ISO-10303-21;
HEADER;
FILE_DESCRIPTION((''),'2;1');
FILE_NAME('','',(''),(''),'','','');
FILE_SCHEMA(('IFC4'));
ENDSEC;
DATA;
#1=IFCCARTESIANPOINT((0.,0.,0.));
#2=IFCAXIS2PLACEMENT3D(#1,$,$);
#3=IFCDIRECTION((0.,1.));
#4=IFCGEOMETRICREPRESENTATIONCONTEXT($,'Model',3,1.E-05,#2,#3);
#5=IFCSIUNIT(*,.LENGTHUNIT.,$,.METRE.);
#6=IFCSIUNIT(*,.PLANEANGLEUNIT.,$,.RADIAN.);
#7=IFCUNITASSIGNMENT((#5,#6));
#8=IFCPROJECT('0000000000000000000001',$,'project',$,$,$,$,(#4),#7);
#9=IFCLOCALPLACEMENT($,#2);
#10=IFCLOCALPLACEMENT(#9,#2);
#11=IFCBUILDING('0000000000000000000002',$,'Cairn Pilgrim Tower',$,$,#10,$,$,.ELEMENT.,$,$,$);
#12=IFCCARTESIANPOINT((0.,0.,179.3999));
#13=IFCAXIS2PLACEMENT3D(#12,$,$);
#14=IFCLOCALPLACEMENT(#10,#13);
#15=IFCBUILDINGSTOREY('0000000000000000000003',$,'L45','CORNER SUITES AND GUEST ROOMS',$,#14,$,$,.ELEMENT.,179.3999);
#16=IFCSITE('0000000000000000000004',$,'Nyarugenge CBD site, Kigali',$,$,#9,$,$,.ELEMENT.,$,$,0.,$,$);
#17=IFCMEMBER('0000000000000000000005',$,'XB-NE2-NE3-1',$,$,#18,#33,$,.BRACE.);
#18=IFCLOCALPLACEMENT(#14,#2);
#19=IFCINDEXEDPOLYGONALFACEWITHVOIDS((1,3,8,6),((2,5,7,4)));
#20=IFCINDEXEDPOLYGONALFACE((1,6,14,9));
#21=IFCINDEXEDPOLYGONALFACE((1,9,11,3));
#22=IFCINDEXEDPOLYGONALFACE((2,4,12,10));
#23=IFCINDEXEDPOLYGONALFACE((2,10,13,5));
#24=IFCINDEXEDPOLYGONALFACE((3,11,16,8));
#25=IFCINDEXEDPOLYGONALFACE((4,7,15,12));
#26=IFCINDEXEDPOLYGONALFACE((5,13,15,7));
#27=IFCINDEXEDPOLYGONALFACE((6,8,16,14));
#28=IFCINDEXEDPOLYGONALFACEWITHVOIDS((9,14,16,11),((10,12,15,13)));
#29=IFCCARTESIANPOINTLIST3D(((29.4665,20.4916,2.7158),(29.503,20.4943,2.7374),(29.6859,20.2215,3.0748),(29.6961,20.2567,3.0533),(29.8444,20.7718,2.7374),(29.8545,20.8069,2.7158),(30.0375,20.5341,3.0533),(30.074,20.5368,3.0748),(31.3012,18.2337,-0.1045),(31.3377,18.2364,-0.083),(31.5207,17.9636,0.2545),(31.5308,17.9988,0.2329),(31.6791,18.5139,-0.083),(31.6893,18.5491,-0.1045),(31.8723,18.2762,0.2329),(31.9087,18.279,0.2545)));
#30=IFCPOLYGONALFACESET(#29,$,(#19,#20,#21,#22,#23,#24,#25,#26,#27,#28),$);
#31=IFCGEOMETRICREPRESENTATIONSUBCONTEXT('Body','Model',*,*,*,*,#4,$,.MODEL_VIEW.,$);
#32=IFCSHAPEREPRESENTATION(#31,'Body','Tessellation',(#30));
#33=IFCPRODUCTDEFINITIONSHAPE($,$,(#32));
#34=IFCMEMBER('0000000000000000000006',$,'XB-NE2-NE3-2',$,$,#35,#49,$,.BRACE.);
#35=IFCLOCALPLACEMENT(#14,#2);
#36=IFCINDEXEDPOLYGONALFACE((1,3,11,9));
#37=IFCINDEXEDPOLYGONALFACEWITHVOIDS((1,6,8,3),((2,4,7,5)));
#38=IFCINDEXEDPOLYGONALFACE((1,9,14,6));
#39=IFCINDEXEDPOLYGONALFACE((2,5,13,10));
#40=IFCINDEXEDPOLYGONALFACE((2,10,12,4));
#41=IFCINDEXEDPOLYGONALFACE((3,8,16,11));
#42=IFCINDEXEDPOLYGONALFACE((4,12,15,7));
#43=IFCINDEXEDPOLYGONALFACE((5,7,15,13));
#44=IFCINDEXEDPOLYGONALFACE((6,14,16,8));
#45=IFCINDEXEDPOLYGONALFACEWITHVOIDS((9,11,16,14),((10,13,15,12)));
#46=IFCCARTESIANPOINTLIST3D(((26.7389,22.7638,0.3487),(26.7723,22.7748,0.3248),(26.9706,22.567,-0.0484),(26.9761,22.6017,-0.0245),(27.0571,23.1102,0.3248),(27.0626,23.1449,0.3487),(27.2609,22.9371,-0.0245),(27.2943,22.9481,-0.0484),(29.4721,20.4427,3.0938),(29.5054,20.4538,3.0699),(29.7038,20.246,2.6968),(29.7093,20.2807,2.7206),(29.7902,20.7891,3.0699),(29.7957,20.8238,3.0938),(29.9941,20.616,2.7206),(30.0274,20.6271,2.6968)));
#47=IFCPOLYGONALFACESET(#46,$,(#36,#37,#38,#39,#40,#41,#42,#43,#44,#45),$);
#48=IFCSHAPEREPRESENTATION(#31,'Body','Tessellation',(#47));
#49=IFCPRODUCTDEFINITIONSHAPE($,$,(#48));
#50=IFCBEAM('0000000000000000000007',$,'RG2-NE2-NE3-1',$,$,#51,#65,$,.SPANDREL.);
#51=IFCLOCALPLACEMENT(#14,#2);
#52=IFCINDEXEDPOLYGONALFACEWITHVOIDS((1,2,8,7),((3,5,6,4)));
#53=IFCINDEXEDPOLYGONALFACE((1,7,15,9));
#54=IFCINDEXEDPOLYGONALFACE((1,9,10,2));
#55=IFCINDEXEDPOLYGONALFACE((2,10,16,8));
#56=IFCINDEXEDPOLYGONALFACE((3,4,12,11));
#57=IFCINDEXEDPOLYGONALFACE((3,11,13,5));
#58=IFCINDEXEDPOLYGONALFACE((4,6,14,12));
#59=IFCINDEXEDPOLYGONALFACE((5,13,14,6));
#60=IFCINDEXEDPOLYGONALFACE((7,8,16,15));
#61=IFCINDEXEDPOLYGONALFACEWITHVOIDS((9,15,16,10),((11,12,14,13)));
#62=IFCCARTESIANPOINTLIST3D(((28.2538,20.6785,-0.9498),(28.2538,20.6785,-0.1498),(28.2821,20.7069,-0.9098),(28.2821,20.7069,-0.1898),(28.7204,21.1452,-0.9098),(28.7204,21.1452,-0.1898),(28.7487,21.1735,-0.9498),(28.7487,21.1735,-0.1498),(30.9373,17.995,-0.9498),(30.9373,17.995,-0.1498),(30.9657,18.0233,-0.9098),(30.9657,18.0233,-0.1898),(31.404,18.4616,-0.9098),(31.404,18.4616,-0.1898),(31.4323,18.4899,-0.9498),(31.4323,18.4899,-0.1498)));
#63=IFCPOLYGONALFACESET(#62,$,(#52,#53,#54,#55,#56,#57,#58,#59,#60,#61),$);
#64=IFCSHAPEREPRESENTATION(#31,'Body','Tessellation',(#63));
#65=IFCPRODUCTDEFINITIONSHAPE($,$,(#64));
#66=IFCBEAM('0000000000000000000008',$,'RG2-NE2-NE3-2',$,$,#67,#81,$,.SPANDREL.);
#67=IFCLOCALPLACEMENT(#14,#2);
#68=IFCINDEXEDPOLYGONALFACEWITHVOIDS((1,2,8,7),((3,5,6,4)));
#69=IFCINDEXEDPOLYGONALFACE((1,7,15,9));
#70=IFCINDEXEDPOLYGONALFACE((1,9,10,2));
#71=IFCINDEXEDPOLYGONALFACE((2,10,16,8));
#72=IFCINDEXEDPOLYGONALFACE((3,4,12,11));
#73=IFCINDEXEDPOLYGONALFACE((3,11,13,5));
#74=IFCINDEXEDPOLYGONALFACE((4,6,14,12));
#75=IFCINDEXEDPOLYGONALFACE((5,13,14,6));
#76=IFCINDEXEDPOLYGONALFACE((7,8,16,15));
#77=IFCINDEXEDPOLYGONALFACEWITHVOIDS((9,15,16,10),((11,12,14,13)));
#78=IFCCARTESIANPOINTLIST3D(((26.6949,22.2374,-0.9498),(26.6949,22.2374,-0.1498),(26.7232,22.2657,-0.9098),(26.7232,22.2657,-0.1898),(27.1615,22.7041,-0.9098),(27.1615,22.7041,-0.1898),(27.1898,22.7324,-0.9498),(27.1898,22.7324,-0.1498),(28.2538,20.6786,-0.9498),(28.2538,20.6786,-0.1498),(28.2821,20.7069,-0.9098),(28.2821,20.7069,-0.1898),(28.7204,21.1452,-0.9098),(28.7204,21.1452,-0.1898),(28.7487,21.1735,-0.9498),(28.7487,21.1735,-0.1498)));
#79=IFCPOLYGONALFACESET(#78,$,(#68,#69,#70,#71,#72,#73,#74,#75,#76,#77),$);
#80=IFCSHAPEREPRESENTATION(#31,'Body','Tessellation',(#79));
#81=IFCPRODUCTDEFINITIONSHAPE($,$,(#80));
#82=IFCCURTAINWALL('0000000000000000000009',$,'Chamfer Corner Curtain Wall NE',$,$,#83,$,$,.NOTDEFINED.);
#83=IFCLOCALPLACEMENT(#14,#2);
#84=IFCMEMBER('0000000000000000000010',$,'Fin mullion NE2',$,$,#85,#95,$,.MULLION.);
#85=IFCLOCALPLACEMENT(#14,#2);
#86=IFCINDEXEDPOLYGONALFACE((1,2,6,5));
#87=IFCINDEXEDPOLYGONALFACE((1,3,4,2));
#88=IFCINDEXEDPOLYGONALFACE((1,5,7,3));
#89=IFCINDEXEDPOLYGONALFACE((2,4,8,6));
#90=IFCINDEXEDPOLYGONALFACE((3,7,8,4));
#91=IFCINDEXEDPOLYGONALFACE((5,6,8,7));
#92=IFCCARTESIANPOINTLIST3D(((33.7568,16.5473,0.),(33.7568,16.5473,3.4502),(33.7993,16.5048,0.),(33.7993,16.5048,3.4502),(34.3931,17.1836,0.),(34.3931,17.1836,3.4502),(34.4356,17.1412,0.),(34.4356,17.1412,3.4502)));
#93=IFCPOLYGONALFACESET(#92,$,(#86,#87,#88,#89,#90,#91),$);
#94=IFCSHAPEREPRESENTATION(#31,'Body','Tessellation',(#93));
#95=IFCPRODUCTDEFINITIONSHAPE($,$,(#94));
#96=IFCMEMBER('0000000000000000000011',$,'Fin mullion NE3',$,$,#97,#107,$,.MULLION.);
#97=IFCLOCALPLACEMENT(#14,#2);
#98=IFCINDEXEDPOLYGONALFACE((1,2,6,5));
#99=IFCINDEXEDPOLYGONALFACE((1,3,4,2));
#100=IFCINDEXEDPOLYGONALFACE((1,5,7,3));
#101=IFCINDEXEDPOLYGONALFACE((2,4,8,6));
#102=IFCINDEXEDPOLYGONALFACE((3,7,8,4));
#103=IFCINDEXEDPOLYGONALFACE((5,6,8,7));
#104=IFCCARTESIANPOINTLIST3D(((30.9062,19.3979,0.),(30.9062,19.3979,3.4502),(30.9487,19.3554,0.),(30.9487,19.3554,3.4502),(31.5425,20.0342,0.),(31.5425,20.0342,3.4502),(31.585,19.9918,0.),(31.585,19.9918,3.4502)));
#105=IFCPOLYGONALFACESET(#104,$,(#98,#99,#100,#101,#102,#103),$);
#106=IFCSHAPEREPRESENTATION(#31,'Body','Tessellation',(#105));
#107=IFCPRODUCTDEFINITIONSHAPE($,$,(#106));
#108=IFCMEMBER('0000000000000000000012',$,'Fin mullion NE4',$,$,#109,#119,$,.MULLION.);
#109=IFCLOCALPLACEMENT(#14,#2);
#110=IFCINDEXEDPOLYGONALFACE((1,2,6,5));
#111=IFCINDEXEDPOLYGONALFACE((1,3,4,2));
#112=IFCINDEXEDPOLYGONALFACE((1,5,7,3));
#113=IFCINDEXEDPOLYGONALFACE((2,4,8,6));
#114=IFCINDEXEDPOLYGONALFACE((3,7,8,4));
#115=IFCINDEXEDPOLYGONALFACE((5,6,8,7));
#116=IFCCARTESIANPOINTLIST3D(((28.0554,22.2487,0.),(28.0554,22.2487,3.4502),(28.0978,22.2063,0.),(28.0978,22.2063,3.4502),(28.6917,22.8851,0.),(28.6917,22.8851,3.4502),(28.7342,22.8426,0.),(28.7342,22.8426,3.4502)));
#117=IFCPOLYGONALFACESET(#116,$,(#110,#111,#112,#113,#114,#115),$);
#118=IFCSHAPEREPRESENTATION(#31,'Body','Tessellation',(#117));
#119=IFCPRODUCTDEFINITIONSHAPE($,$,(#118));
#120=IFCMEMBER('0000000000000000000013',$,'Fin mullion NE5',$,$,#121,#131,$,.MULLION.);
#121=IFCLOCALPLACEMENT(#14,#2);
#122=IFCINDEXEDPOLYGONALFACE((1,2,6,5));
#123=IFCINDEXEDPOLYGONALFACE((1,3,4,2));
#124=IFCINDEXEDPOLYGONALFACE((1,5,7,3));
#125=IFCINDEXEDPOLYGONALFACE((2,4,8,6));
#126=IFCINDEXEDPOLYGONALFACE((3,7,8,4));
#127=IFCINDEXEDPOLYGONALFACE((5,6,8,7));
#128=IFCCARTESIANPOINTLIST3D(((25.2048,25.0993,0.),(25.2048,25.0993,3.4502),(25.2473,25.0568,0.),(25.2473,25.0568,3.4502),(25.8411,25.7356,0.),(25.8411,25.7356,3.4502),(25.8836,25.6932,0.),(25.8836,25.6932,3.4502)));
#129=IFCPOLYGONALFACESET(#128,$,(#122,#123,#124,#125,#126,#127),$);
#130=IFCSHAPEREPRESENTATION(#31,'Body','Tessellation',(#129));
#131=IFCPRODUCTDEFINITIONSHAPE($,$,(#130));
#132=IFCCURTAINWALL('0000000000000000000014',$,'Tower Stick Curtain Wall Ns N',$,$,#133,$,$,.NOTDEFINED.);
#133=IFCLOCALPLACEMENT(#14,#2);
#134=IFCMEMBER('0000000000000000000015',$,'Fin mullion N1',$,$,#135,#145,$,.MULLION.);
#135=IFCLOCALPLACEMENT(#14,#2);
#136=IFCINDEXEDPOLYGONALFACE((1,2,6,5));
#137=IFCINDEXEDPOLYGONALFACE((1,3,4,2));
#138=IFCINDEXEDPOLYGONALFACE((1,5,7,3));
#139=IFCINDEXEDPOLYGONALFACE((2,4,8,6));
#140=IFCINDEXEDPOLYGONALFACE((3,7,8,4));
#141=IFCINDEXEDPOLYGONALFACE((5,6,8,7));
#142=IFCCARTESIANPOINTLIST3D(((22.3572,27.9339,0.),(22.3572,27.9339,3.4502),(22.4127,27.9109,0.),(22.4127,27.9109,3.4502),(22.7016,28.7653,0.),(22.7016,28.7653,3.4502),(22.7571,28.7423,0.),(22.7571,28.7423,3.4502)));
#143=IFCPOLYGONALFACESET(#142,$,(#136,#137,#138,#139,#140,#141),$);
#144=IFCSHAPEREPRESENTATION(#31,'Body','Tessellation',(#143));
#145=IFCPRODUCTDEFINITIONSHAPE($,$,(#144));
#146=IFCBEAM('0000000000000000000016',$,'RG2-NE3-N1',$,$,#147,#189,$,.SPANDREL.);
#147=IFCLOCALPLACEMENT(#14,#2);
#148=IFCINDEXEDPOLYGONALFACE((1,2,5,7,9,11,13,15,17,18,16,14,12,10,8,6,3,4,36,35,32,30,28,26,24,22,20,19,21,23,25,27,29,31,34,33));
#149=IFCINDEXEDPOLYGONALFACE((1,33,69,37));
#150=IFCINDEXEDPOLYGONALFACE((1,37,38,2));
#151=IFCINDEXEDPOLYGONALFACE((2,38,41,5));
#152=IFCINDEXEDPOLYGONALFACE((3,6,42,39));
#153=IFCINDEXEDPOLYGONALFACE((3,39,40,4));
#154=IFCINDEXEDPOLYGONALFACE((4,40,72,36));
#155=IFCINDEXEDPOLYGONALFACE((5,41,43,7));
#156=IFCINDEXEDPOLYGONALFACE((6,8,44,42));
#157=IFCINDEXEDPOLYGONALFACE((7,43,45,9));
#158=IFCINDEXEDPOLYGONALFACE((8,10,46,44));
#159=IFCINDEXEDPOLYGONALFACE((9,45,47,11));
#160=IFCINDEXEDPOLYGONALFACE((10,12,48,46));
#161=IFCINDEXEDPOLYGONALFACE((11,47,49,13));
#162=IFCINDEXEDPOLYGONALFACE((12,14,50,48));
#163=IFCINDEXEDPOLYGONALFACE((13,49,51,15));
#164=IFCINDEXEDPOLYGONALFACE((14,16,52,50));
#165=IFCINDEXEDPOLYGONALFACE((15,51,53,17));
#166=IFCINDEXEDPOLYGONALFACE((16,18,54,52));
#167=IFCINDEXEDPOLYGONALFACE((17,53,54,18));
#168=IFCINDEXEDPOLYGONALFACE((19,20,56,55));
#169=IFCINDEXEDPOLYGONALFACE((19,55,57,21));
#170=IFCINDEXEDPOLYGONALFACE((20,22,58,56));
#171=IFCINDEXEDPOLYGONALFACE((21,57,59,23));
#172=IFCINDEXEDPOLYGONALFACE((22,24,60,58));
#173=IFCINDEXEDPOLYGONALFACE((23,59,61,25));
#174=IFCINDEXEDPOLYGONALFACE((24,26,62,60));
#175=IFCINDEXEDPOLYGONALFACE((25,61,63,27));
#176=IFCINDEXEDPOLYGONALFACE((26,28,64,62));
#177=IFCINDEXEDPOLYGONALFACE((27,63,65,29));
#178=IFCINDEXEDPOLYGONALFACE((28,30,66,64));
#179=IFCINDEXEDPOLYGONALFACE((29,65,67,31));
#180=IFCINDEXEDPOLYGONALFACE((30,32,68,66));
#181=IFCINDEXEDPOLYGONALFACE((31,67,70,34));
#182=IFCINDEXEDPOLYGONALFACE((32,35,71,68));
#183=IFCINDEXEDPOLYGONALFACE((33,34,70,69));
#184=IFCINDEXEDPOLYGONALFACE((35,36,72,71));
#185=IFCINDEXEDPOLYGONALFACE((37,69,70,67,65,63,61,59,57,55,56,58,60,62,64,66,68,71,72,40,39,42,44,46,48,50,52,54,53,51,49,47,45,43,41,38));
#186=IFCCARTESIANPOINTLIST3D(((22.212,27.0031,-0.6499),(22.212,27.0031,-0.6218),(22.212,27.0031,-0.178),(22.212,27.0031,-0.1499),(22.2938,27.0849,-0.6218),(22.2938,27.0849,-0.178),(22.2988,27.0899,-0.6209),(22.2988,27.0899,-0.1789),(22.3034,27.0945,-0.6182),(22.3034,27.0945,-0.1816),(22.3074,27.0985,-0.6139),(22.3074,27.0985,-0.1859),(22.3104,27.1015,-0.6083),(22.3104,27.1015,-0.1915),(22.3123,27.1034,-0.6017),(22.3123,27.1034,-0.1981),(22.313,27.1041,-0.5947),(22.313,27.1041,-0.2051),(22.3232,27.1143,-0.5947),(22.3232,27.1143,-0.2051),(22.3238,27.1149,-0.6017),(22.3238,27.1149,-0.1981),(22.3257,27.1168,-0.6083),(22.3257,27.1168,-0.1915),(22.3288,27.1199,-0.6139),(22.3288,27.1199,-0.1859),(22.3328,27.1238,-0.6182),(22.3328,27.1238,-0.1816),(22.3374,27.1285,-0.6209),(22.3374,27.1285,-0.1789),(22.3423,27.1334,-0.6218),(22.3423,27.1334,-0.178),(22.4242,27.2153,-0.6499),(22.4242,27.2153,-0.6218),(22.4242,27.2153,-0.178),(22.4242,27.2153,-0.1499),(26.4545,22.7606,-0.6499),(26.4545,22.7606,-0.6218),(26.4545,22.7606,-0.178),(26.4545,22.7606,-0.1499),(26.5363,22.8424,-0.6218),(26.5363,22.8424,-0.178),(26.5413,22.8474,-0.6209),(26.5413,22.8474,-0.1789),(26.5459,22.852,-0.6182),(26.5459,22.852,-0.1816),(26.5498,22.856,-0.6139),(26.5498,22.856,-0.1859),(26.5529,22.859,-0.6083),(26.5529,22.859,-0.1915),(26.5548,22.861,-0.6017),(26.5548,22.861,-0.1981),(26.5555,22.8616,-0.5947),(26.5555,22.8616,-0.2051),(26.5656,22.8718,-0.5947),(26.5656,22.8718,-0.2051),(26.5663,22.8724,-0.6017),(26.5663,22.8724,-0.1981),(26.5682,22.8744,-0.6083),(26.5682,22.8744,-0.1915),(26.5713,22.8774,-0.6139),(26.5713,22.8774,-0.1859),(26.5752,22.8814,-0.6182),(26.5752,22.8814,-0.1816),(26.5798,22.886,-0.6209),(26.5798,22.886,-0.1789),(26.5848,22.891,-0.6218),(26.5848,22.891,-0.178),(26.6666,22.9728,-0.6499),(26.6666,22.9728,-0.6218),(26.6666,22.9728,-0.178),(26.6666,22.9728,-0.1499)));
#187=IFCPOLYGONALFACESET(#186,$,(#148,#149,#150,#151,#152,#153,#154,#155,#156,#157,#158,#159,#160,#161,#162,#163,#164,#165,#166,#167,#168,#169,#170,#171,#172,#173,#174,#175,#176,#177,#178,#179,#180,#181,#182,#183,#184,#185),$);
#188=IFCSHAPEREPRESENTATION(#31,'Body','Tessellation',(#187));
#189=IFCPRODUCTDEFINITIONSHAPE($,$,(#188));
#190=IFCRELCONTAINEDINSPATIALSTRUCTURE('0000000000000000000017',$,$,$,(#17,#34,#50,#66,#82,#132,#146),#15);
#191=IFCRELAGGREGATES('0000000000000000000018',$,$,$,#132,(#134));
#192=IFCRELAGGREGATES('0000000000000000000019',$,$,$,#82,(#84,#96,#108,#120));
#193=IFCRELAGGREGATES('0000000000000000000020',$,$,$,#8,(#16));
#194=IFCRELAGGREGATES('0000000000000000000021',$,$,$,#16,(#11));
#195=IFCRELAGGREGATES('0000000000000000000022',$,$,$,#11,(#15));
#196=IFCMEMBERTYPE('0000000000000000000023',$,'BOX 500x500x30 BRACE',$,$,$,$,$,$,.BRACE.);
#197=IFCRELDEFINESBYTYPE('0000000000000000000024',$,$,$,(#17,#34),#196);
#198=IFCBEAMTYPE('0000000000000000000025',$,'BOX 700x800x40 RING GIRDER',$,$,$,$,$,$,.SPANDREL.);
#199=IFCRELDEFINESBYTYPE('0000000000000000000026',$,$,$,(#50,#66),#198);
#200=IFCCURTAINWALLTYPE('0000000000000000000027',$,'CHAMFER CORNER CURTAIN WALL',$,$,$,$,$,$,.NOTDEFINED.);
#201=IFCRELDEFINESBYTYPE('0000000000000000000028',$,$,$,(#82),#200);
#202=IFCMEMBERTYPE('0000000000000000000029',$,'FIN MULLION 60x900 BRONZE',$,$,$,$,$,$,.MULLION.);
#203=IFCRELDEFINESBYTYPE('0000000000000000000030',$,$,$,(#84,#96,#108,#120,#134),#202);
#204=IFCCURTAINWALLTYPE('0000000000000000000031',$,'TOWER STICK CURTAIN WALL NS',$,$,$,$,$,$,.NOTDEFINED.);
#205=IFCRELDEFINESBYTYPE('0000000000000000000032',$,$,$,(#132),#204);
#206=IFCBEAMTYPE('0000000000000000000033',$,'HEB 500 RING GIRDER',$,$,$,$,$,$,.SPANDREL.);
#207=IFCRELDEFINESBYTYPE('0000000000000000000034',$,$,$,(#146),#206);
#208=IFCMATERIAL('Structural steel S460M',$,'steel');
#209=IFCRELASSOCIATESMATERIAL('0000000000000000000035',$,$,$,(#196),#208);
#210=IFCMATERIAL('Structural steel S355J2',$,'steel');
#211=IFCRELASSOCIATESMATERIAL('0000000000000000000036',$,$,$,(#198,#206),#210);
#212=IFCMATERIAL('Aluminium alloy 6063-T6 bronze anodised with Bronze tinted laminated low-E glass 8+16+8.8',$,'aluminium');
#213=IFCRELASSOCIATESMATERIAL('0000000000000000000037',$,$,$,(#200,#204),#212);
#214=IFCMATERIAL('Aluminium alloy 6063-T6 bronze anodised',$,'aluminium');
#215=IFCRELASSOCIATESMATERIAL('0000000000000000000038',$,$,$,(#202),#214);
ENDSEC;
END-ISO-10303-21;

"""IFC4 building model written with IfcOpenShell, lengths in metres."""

from ifc_helpers import new_model, si_unit, direction, frame, origin, origin_2d, place, context, subcontext, project, spatial, rectangle, hollow_rectangle, i_section, extrude, material, material_profile, profile_set, type_object, element, aggregate, save


model = new_model("IFC4")

# Units and contexts
model_context = context("Model", 3, precision=1e-05, world=origin(), true_north=direction((0.0, 1.0)))
body_context = subcontext(model_context, "Body", "Model", "MODEL_VIEW")
ifc_project = project(units=[si_unit("LENGTHUNIT", "METRE"), si_unit("PLANEANGLEUNIT", "RADIAN")], contexts=[model_context])

# Site, building, storey
site_placement = place(None, origin())
site = spatial("IfcSite", under=ifc_project, at=site_placement, Name="Nyarugenge CBD site, Kigali", CompositionType="ELEMENT", RefElevation=0.0)
building_placement = place(site_placement, origin())
building = spatial("IfcBuilding", under=site, at=building_placement, Name="Cairn Pilgrim Tower", CompositionType="ELEMENT")
storey_placement = place(building_placement, frame((0.0, 0.0, 179.3999)))
storey = spatial("IfcBuildingStorey", under=building, at=storey_placement, Name="L45", Description="CORNER SUITES AND GUEST ROOMS", CompositionType="ELEMENT", Elevation=179.3999)

# Shared definitions
ifc_material_1 = material(Name="Structural steel S460M", Category="steel")

# Members
ifc_material_profile_1 = material_profile(ifc_material_1, hollow_rectangle(XDim=0.5, YDim=0.5, WallThickness=0.03, at=origin_2d()), Name="BOX 500x500x30")
ifc_profile_set_1 = profile_set([ifc_material_profile_1], Name="Structural steel S460M")
member_type_1 = type_object("IfcMemberType", Name="BOX 500x500x30 BRACE", PredefinedType="BRACE", material=ifc_profile_set_1)
member_1_placement = place(storey_placement, frame((31.605, 18.2563, 0.075), z_axis=(-0.452802, 0.55722, 0.696043), x_axis=(-0.776073, -0.630643, 0.0)))
element("IfcMember", 1, at=member_1_placement, inside=storey, type_object=member_type_1, Name="XB-NE2-NE3-1", PredefinedType="BRACE", context=body_context, shape_type="SweptSolid", body=[
    extrude(hollow_rectangle(XDim=0.5, YDim=0.5, WallThickness=0.03, at=origin_2d()), origin(), (0.0, 0.0, 1.0), 4.052),
])
member_2_placement = place(storey_placement, frame((27.0166, 22.856, 0.1501), z_axis=(0.605234, -0.513976, 0.607883), x_axis=(0.647302, 0.762233, 0.0)))
element("IfcMember", 2, at=member_2_placement, inside=storey, type_object=member_type_1, Name="XB-NE2-NE3-2", PredefinedType="BRACE", context=body_context, shape_type="SweptSolid", body=[
    extrude(hollow_rectangle(XDim=0.5, YDim=0.5, WallThickness=0.03, at=origin_2d()), origin(), (0.0, 0.0, 1.0), 4.5159),
])

# Beams
ifc_material_2 = material(Name="Structural steel S355J2", Category="steel")
ifc_material_profile_2 = material_profile(ifc_material_2, hollow_rectangle(XDim=0.7, YDim=0.8, WallThickness=0.04, at=origin_2d()), Name="BOX 700x800x40")
ifc_profile_set_2 = profile_set([ifc_material_profile_2], Name="Structural steel S355J2")
beam_type_1 = type_object("IfcBeamType", Name="BOX 700x800x40 RING GIRDER", PredefinedType="SPANDREL", material=ifc_profile_set_2)
beam_1_placement = place(storey_placement, frame((31.1848, 18.2424, -0.5498), z_axis=(-0.707107, 0.707107, 0.0), x_axis=(-0.707107, -0.707107, 0.0)))
element("IfcBeam", 3, at=beam_1_placement, inside=storey, type_object=beam_type_1, Name="RG2-NE2-NE3-1", PredefinedType="SPANDREL", context=body_context, shape_type="SweptSolid", body=[
    extrude(hollow_rectangle(XDim=0.7, YDim=0.8, WallThickness=0.04, at=origin_2d()), origin(), (0.0, 0.0, 1.0), 3.7952),
])
beam_2_placement = place(storey_placement, frame((28.5012, 20.926, -0.5498), z_axis=(-0.707107, 0.707107, 0.0), x_axis=(-0.707107, -0.707107, 0.0)))
element("IfcBeam", 4, at=beam_2_placement, inside=storey, type_object=beam_type_1, Name="RG2-NE2-NE3-2", PredefinedType="SPANDREL", context=body_context, shape_type="SweptSolid", body=[
    extrude(hollow_rectangle(XDim=0.7, YDim=0.8, WallThickness=0.04, at=origin_2d()), origin(), (0.0, 0.0, 1.0), 2.2046),
])

# Curtain wall, members
ifc_material_3 = material(Name="Aluminium alloy 6063-T6 bronze anodised with Bronze tinted laminated low-E glass 8+16+8.8", Category="aluminium")
curtain_wall_type_1 = type_object("IfcCurtainWallType", Name="CHAMFER CORNER CURTAIN WALL", PredefinedType="NOTDEFINED", material=ifc_material_3)
curtain_wall_1_placement = place(storey_placement, origin())
curtain_wall_1 = element("IfcCurtainWall", 5, at=curtain_wall_1_placement, inside=storey, type_object=curtain_wall_type_1, Name="Chamfer Corner Curtain Wall NE", PredefinedType="NOTDEFINED")
ifc_material_4 = material(Name="Aluminium alloy 6063-T6 bronze anodised", Category="aluminium")
ifc_material_profile_3 = material_profile(ifc_material_4, rectangle(XDim=0.8999, YDim=0.0601, at=origin_2d()), Name="FIN MULLION 60x900 BRONZE")
ifc_profile_set_3 = profile_set([ifc_material_profile_3], Name="Aluminium alloy 6063-T6 bronze anodised")
member_type_2 = type_object("IfcMemberType", Name="FIN MULLION 60x900 BRONZE", PredefinedType="MULLION", material=ifc_profile_set_3)
member_3_placement = place(storey_placement, frame((34.0962, 16.8442, 0.0), z_axis=(0.0, 0.0, 1.0), x_axis=(0.707107, 0.707107, 0.0)))
member_3 = element("IfcMember", 6, at=member_3_placement, type_object=member_type_2, Name="Fin mullion NE2", PredefinedType="MULLION", context=body_context, shape_type="SweptSolid", body=[
    extrude(rectangle(XDim=0.8999, YDim=0.0601, at=origin_2d()), origin(), (0.0, 0.0, 1.0), 3.4502),
])
member_4_placement = place(storey_placement, frame((31.2456, 19.6948, 0.0), z_axis=(0.0, 0.0, 1.0), x_axis=(0.707107, 0.707107, 0.0)))
member_4 = element("IfcMember", 7, at=member_4_placement, type_object=member_type_2, Name="Fin mullion NE3", PredefinedType="MULLION", context=body_context, shape_type="SweptSolid", body=[
    extrude(rectangle(XDim=0.8999, YDim=0.0601, at=origin_2d()), origin(), (0.0, 0.0, 1.0), 3.4502),
])
member_5_placement = place(storey_placement, frame((28.3948, 22.5457, 0.0), z_axis=(0.0, 0.0, 1.0), x_axis=(0.707107, 0.707107, 0.0)))
member_5 = element("IfcMember", 8, at=member_5_placement, type_object=member_type_2, Name="Fin mullion NE4", PredefinedType="MULLION", context=body_context, shape_type="SweptSolid", body=[
    extrude(rectangle(XDim=0.8999, YDim=0.0601, at=origin_2d()), origin(), (0.0, 0.0, 1.0), 3.4502),
])
member_6_placement = place(storey_placement, frame((25.5442, 25.3962, 0.0), z_axis=(0.0, 0.0, 1.0), x_axis=(0.707107, 0.707107, 0.0)))
member_6 = element("IfcMember", 9, at=member_6_placement, type_object=member_type_2, Name="Fin mullion NE5", PredefinedType="MULLION", context=body_context, shape_type="SweptSolid", body=[
    extrude(rectangle(XDim=0.8999, YDim=0.0601, at=origin_2d()), origin(), (0.0, 0.0, 1.0), 3.4502),
])

# Curtain wall, member
curtain_wall_type_2 = type_object("IfcCurtainWallType", Name="TOWER STICK CURTAIN WALL NS", PredefinedType="NOTDEFINED", material=ifc_material_3)
curtain_wall_2_placement = place(storey_placement, origin())
curtain_wall_2 = element("IfcCurtainWall", 10, at=curtain_wall_2_placement, inside=storey, type_object=curtain_wall_type_2, Name="Tower Stick Curtain Wall Ns N", PredefinedType="NOTDEFINED")
member_7_placement = place(storey_placement, frame((22.5571, 28.3381, 0.0), z_axis=(0.0, 0.0, 1.0), x_axis=(0.382683, 0.92388, 0.0)))
member_7 = element("IfcMember", 11, at=member_7_placement, type_object=member_type_2, Name="Fin mullion N1", PredefinedType="MULLION", context=body_context, shape_type="SweptSolid", body=[
    extrude(rectangle(XDim=0.8999, YDim=0.0601, at=origin_2d()), origin(), (0.0, 0.0, 1.0), 3.4502),
])
aggregate(curtain_wall_2, [member_7])

# Beam
ifc_material_profile_4 = material_profile(ifc_material_2, i_section(OverallWidth=0.3, OverallDepth=0.5, WebThickness=0.0144, FlangeThickness=0.0281, FilletRadius=0.0271, at=origin_2d()), Name="HEB 500")
ifc_profile_set_4 = profile_set([ifc_material_profile_4], Name="Structural steel S355J2")
beam_type_2 = type_object("IfcBeamType", Name="HEB 500 RING GIRDER", PredefinedType="SPANDREL", material=ifc_profile_set_4)
beam_3_placement = place(storey_placement, frame((26.5605, 22.8667, -0.3999), z_axis=(-0.707107, 0.707107, 0.0), x_axis=(-0.707107, -0.707107, 0.0)))
element("IfcBeam", 12, at=beam_3_placement, inside=storey, type_object=beam_type_2, Name="RG2-NE3-N1", PredefinedType="SPANDREL", context=body_context, shape_type="SweptSolid", body=[
    extrude(i_section(OverallWidth=0.3, OverallDepth=0.5, WebThickness=0.0144, FlangeThickness=0.0281, FilletRadius=0.0271, at=origin_2d()), origin(), (0.0, 0.0, 1.0), 5.9998),
])

aggregate(curtain_wall_1, [member_3, member_4, member_5, member_6])

save(model, "model.ifc")
